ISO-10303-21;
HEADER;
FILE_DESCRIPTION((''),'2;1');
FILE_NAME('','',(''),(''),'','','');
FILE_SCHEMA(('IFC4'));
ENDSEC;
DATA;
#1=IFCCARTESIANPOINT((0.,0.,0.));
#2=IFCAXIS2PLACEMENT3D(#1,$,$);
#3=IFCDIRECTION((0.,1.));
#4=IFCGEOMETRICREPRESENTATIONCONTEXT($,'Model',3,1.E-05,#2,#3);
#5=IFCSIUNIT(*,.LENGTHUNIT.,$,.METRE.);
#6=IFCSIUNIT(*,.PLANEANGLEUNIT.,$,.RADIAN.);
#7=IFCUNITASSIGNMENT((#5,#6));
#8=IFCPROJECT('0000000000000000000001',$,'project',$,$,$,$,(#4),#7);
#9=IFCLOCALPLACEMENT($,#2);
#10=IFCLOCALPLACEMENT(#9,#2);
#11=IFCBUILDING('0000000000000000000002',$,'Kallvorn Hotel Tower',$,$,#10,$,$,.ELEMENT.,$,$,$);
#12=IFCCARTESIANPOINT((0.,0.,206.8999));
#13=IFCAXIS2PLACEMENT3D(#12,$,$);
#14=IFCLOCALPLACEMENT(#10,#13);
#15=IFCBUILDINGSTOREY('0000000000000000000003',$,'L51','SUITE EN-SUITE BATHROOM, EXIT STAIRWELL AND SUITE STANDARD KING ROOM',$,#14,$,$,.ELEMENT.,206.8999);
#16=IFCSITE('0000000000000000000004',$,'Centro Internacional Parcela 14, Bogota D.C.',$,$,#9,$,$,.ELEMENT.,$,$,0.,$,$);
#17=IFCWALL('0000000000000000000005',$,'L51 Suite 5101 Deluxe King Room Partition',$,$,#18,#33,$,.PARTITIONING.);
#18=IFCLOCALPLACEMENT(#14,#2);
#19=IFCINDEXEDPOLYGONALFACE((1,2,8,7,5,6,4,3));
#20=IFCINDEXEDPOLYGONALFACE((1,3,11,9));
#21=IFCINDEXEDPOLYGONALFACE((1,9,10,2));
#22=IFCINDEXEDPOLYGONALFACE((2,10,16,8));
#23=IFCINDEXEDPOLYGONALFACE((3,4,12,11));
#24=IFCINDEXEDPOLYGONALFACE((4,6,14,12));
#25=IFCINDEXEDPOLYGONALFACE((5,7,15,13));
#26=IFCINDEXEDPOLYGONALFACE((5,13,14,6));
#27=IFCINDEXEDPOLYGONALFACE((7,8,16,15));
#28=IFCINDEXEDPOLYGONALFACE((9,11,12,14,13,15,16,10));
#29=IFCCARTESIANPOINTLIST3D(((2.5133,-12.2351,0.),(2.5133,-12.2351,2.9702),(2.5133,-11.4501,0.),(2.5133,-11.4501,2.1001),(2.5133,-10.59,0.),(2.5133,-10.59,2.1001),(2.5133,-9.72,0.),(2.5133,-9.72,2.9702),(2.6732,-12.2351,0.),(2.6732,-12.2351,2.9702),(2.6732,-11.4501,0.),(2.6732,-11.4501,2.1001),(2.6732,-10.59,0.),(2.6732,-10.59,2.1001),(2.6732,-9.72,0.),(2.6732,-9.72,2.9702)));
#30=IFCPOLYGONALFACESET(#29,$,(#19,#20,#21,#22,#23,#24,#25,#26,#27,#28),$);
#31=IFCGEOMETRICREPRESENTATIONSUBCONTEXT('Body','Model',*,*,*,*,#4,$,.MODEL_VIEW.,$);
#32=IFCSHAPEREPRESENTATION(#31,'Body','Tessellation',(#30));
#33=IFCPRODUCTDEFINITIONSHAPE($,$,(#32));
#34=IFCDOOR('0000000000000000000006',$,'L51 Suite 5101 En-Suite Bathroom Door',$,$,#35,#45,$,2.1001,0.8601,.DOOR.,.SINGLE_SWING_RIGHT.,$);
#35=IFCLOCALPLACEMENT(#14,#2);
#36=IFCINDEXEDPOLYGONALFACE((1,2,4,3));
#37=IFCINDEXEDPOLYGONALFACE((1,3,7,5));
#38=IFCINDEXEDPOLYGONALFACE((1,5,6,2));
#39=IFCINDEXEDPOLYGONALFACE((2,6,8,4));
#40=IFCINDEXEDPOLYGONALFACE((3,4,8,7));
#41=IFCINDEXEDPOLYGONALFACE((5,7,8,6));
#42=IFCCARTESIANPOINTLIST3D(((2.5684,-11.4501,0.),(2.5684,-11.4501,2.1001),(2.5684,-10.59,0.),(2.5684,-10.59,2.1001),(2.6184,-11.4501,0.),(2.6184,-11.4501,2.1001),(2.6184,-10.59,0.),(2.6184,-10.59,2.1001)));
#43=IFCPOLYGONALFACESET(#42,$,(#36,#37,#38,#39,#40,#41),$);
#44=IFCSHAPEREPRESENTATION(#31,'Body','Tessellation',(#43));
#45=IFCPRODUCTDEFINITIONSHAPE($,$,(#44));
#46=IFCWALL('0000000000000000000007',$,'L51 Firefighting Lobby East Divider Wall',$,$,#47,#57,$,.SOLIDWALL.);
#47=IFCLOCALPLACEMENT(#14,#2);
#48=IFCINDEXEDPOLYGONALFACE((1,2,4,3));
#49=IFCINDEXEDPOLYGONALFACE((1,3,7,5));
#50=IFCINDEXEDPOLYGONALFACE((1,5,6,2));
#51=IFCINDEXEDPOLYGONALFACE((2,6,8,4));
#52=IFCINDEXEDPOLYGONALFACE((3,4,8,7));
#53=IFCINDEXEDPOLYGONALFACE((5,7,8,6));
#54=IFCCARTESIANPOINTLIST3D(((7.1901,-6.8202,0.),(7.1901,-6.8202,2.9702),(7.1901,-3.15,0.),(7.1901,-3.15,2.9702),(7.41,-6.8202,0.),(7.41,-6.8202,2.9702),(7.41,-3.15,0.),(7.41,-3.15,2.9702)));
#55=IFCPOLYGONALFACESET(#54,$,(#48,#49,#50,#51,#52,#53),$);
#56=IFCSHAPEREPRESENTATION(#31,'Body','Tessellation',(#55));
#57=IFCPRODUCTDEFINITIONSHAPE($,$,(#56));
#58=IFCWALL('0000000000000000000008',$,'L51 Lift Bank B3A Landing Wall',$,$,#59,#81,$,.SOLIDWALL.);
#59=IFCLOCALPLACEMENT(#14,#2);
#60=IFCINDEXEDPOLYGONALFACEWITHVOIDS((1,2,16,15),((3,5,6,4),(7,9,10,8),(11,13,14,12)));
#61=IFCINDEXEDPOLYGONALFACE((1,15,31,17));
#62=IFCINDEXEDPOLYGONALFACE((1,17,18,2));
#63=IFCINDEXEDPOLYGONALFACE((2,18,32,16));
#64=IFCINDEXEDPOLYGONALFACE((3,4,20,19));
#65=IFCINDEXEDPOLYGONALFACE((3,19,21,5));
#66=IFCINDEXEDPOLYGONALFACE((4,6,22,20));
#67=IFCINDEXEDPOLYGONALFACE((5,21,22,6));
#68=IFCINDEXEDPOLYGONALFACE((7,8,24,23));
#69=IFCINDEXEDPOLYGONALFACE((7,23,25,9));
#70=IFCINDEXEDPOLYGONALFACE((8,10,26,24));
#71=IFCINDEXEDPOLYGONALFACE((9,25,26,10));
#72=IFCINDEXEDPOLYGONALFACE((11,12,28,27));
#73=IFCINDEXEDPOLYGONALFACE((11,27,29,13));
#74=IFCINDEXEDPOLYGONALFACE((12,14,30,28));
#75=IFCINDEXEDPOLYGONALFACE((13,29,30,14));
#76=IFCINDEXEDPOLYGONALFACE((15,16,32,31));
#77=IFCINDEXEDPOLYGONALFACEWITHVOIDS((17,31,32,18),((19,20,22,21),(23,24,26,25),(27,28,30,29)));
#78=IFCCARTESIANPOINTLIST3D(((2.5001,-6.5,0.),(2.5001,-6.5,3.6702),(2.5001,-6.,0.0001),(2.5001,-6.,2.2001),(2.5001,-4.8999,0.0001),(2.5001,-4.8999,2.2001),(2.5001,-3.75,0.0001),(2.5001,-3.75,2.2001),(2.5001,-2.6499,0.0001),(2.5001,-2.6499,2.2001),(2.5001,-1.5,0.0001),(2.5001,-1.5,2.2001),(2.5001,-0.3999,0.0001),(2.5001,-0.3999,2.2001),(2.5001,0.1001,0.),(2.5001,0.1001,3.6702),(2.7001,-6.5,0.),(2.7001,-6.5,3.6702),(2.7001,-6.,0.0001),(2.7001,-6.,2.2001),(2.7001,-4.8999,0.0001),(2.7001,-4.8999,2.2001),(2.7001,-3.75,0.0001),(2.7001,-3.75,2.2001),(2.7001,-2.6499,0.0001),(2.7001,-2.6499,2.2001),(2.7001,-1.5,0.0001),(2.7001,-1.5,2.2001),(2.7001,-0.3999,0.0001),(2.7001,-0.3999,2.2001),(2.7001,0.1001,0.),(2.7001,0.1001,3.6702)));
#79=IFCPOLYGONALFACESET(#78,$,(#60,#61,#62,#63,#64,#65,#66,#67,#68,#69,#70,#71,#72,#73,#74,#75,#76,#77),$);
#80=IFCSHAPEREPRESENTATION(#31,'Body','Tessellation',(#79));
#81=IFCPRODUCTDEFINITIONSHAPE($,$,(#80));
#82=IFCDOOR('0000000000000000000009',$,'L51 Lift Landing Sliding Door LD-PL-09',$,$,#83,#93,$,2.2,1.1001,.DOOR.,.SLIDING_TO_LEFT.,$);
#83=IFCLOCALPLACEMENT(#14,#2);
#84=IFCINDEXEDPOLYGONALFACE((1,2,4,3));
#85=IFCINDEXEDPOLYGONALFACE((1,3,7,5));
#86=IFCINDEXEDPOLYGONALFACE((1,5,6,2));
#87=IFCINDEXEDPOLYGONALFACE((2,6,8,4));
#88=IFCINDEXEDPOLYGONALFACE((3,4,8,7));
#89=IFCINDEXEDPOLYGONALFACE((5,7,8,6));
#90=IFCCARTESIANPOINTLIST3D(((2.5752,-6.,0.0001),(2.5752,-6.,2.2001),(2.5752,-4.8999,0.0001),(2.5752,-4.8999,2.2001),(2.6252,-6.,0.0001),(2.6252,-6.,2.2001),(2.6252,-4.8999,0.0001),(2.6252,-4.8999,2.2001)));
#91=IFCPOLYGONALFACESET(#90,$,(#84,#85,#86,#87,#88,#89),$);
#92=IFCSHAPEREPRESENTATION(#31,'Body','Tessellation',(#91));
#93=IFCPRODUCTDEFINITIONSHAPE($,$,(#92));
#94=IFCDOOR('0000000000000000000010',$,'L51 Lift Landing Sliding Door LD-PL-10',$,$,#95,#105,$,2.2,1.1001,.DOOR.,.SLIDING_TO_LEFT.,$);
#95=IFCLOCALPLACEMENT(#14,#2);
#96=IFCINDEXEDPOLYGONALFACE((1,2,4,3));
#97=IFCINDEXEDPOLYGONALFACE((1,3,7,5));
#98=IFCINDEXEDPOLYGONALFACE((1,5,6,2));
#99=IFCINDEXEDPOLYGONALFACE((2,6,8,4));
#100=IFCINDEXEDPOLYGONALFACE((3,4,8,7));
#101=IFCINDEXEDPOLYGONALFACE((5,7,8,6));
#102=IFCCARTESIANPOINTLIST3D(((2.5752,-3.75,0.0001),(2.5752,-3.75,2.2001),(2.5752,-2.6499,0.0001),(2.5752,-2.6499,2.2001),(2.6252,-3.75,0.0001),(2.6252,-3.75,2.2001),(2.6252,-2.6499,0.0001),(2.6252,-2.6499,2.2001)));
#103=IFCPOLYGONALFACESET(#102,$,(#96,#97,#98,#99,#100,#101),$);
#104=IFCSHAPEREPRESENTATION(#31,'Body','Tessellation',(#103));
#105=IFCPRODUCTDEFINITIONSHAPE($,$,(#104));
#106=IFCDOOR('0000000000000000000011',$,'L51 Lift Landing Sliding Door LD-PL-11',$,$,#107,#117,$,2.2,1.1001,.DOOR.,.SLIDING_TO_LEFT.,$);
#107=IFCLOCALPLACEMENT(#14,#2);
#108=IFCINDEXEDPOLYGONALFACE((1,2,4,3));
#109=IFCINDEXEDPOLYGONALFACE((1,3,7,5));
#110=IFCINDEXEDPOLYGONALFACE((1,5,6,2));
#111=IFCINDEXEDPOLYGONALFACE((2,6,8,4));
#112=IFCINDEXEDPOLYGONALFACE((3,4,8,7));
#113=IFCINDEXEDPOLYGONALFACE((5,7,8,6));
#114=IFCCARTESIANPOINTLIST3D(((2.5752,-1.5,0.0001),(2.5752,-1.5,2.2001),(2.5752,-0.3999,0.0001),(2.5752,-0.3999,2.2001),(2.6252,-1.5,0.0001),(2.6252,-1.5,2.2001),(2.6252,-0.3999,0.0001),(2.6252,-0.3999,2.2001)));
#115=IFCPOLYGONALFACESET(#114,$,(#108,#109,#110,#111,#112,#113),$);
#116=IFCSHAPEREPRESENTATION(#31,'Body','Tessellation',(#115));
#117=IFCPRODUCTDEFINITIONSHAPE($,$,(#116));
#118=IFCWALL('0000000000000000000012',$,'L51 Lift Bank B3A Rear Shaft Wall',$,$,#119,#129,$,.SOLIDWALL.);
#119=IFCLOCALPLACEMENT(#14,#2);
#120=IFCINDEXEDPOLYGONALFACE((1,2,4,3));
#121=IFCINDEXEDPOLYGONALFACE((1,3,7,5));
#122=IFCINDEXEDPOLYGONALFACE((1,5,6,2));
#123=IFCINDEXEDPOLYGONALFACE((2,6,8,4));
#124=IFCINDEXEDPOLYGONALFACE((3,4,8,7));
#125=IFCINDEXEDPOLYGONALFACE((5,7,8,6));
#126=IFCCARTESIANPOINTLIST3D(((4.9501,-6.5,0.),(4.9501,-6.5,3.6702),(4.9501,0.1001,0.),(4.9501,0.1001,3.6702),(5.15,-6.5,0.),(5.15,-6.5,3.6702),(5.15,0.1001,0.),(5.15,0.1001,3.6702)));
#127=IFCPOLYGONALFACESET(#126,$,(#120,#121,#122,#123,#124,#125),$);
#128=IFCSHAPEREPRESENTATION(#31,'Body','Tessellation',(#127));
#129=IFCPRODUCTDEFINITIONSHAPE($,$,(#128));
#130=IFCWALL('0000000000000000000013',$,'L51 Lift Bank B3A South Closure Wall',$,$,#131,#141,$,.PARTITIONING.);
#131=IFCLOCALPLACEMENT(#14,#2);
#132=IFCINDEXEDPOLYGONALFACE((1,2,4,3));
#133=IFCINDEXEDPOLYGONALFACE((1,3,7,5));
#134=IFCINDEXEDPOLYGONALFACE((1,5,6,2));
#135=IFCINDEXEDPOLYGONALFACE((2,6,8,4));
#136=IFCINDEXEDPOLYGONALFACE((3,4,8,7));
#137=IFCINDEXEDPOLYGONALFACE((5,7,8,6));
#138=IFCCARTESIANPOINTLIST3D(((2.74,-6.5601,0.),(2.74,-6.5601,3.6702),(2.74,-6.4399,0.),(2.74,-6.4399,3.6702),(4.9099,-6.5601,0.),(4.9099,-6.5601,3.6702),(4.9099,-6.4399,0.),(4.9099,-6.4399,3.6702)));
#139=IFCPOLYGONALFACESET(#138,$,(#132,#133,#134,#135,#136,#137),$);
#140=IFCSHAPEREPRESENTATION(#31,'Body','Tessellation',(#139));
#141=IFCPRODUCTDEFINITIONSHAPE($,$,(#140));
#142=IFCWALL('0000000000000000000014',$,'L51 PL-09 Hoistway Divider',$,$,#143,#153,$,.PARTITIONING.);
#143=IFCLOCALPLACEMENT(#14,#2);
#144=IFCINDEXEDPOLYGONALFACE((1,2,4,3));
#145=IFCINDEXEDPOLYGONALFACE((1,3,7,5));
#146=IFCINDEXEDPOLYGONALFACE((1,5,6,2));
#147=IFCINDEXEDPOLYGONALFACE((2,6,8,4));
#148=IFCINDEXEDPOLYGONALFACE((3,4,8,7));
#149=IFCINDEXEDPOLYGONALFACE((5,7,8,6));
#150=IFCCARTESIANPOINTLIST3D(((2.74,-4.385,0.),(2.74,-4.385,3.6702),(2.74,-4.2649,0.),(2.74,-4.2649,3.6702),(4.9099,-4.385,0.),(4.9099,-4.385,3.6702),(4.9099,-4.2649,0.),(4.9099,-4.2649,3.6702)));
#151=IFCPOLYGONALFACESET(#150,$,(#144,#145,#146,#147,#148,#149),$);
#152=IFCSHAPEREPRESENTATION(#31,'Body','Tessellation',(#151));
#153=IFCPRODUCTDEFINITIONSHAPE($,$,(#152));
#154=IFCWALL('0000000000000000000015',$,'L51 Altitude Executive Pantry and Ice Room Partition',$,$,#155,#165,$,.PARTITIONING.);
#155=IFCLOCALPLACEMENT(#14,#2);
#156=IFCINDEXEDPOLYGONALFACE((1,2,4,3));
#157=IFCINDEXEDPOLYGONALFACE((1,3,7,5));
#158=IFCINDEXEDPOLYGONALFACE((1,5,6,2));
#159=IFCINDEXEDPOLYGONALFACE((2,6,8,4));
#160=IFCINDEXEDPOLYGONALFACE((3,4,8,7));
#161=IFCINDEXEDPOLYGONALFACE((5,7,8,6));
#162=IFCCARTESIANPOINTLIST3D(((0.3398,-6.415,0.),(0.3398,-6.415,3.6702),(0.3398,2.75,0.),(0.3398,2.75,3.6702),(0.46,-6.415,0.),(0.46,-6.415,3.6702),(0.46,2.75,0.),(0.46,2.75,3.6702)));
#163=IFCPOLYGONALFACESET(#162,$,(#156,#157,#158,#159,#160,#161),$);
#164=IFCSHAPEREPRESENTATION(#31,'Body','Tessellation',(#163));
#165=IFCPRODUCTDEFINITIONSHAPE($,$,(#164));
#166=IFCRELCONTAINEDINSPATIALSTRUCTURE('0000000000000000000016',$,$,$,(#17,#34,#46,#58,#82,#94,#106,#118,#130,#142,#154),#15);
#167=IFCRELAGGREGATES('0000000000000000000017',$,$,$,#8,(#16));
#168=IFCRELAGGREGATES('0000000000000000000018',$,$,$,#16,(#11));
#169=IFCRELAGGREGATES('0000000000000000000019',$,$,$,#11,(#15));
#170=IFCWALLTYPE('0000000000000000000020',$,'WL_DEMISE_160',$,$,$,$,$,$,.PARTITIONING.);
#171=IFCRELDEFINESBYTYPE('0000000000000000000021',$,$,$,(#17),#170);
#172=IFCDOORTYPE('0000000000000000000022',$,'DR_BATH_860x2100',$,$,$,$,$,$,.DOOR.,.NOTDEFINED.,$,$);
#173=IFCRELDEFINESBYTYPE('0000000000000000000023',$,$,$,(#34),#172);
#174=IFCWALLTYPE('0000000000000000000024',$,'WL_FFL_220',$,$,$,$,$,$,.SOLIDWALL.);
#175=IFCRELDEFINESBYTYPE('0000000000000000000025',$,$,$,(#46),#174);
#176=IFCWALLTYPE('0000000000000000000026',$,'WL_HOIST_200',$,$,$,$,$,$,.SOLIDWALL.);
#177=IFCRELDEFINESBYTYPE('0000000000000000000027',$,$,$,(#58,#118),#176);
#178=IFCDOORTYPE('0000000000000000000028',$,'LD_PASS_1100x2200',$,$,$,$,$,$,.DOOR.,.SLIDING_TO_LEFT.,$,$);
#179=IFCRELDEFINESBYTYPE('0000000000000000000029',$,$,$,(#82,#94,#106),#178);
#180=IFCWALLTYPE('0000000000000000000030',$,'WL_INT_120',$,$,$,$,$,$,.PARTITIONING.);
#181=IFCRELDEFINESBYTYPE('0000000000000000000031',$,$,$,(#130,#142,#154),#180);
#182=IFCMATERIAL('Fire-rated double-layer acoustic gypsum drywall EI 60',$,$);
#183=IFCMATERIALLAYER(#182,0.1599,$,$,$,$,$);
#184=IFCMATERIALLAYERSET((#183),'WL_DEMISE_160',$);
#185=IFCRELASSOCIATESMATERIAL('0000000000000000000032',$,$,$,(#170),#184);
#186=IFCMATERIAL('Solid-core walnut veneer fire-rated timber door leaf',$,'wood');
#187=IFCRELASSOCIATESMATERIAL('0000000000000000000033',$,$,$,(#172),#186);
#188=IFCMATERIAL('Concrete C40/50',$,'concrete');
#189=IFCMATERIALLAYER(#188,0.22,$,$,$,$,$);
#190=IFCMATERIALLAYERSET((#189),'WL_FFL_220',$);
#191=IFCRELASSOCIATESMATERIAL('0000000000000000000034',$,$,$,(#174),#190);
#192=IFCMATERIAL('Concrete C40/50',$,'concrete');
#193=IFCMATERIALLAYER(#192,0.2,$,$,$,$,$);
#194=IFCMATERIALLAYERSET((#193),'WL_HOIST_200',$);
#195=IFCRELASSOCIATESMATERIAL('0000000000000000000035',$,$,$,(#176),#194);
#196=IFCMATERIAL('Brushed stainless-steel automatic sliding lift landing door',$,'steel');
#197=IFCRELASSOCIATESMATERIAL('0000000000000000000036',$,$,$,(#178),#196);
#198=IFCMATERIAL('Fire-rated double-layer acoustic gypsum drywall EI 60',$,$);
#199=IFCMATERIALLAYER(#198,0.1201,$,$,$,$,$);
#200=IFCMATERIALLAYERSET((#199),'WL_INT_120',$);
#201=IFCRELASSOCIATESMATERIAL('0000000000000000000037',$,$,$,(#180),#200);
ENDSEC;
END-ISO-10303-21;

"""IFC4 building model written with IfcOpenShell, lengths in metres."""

from ifc_helpers import new_model, si_unit, direction, frame, frame_2d, origin, place, context, subcontext, project, spatial, rectangle, extrude, material, layer, layer_set, type_object, element, fill, save


model = new_model("IFC4")

# Units and contexts
model_context = context("Model", 3, precision=1e-05, world=origin(), true_north=direction((0.0, 1.0)))
body_context = subcontext(model_context, "Body", "Model", "MODEL_VIEW")
ifc_project = project(units=[si_unit("LENGTHUNIT", "METRE"), si_unit("PLANEANGLEUNIT", "RADIAN")], contexts=[model_context])

# Site, building, storey
site_placement = place(None, origin())
site = spatial("IfcSite", under=ifc_project, at=site_placement, Name="Centro Internacional Parcela 14, Bogota D.C.", CompositionType="ELEMENT", RefElevation=0.0)
building_placement = place(site_placement, origin())
building = spatial("IfcBuilding", under=site, at=building_placement, Name="Kallvorn Hotel Tower", CompositionType="ELEMENT")
storey_placement = place(building_placement, frame((0.0, 0.0, 206.8999)))
storey = spatial("IfcBuildingStorey", under=building, at=storey_placement, Name="L51", Description="SUITE EN-SUITE BATHROOM, EXIT STAIRWELL AND SUITE STANDARD KING ROOM", CompositionType="ELEMENT", Elevation=206.8999)

# Shared definitions
ifc_material_1 = material(Name="Fire-rated double-layer acoustic gypsum drywall EI 60")
ifc_layer_1 = layer(ifc_material_1, 0.1599)
ifc_layer_set_1 = layer_set([ifc_layer_1], Name="WL_DEMISE_160")
wall_type_1 = type_object("IfcWallType", Name="WL_DEMISE_160", PredefinedType="PARTITIONING", material=ifc_layer_set_1)

# Wall, opening, door
wall_1_placement = place(storey_placement, frame((2.5933, -12.2351, 0.0), z_axis=(0.0, 0.0, 1.0), x_axis=(0.0, 1.0, 0.0)))
wall_1 = element("IfcWall", 1, at=wall_1_placement, inside=storey, type_object=wall_type_1, Name="L51 Suite 5101 Deluxe King Room Partition", PredefinedType="PARTITIONING", context=body_context, shape_type="SweptSolid", body=[
    extrude(rectangle(XDim=2.5151, YDim=0.1599, at=frame_2d((1.2576, 0.0))), origin(), (0.0, 0.0, 1.0), 2.9702),
])
opening_1_placement = place(wall_1_placement, frame((0.7849, 0.0, 0.0)))
opening_1 = element("IfcOpeningElement", 2, at=opening_1_placement, cuts=wall_1, PredefinedType="OPENING", context=body_context, shape_type="SweptSolid", body=[
    extrude(rectangle(XDim=0.8601, YDim=2.1001, at=frame_2d((0.4302, 1.05))), frame((0.0, 0.095, 0.0), z_axis=(0.0, -1.0, 0.0), x_axis=(1.0, 0.0, 0.0)), (0.0, 0.0, 1.0), 0.1899),
])
ifc_material_2 = material(Name="Solid-core walnut veneer fire-rated timber door leaf", Category="wood")
door_type_1 = type_object("IfcDoorType", Name="DR_BATH_860x2100", OperationType="NOTDEFINED", PredefinedType="DOOR", material=ifc_material_2)
door_1_placement = place(opening_1_placement, origin())
door_1 = element("IfcDoor", 3, at=door_1_placement, inside=storey, type_object=door_type_1, Name="L51 Suite 5101 En-Suite Bathroom Door", OperationType="SINGLE_SWING_RIGHT", OverallHeight=2.1001, OverallWidth=0.8601, PredefinedType="DOOR", context=body_context, shape_type="SweptSolid", body=[
    extrude(rectangle(XDim=0.8601, YDim=2.1001, at=frame_2d((0.4302, 1.05))), frame((0.0, 0.0249, 0.0), z_axis=(0.0, -1.0, 0.0), x_axis=(1.0, 0.0, 0.0)), (0.0, 0.0, 1.0), 0.05),
])
fill(opening_1, door_1)

# Wall
ifc_material_3 = material(Name="Concrete C40/50", Category="concrete")
ifc_layer_2 = layer(ifc_material_3, 0.22)
ifc_layer_set_2 = layer_set([ifc_layer_2], Name="WL_FFL_220")
wall_type_2 = type_object("IfcWallType", Name="WL_FFL_220", PredefinedType="SOLIDWALL", material=ifc_layer_set_2)
wall_2_placement = place(storey_placement, frame((7.3, -6.8201, 0.0), z_axis=(0.0, 0.0, 1.0), x_axis=(0.0, 1.0, 0.0)))
element("IfcWall", 4, at=wall_2_placement, inside=storey, type_object=wall_type_2, Name="L51 Firefighting Lobby East Divider Wall", PredefinedType="SOLIDWALL", context=body_context, shape_type="SweptSolid", body=[
    extrude(rectangle(XDim=3.6702, YDim=0.22, at=frame_2d((1.835, 0.0))), origin(), (0.0, 0.0, 1.0), 2.9702),
])

# Wall, openings, doors
ifc_material_4 = material(Name="Concrete C40/50", Category="concrete")
ifc_layer_3 = layer(ifc_material_4, 0.2)
ifc_layer_set_3 = layer_set([ifc_layer_3], Name="WL_HOIST_200")
wall_type_3 = type_object("IfcWallType", Name="WL_HOIST_200", PredefinedType="SOLIDWALL", material=ifc_layer_set_3)
wall_3_placement = place(storey_placement, frame((2.6001, -6.5, 0.0), z_axis=(0.0, 0.0, 1.0), x_axis=(0.0, 1.0, 0.0)))
wall_3 = element("IfcWall", 5, at=wall_3_placement, inside=storey, type_object=wall_type_3, Name="L51 Lift Bank B3A Landing Wall", PredefinedType="SOLIDWALL", context=body_context, shape_type="SweptSolid", body=[
    extrude(rectangle(XDim=6.6001, YDim=0.2, at=frame_2d((3.3, 0.0))), origin(), (0.0, 0.0, 1.0), 3.6702),
])
opening_2_placement = place(wall_3_placement, frame((0.5, 0.0, 0.0)))
opening_2 = element("IfcOpeningElement", 6, at=opening_2_placement, cuts=wall_3, PredefinedType="OPENING", context=body_context, shape_type="SweptSolid", body=[
    extrude(rectangle(XDim=1.1001, YDim=2.2, at=frame_2d((0.55, 1.1001))), frame((0.0, 0.115, 0.0), z_axis=(0.0, -1.0, 0.0), x_axis=(1.0, 0.0, 0.0)), (0.0, 0.0, 1.0), 0.23),
])
opening_3_placement = place(wall_3_placement, frame((2.75, 0.0, 0.0)))
opening_3 = element("IfcOpeningElement", 7, at=opening_3_placement, cuts=wall_3, PredefinedType="OPENING", context=body_context, shape_type="SweptSolid", body=[
    extrude(rectangle(XDim=1.1001, YDim=2.2, at=frame_2d((0.55, 1.1001))), frame((0.0, 0.115, 0.0), z_axis=(0.0, -1.0, 0.0), x_axis=(1.0, 0.0, 0.0)), (0.0, 0.0, 1.0), 0.23),
])
opening_4_placement = place(wall_3_placement, frame((5.0, 0.0, 0.0)))
opening_4 = element("IfcOpeningElement", 8, at=opening_4_placement, cuts=wall_3, PredefinedType="OPENING", context=body_context, shape_type="SweptSolid", body=[
    extrude(rectangle(XDim=1.1001, YDim=2.2, at=frame_2d((0.55, 1.1001))), frame((0.0, 0.115, 0.0), z_axis=(0.0, -1.0, 0.0), x_axis=(1.0, 0.0, 0.0)), (0.0, 0.0, 1.0), 0.23),
])
ifc_material_5 = material(Name="Brushed stainless-steel automatic sliding lift landing door", Category="steel")
door_type_2 = type_object("IfcDoorType", Name="LD_PASS_1100x2200", OperationType="SLIDING_TO_LEFT", PredefinedType="DOOR", material=ifc_material_5)
door_2_placement = place(opening_2_placement, origin())
door_2 = element("IfcDoor", 9, at=door_2_placement, inside=storey, type_object=door_type_2, Name="L51 Lift Landing Sliding Door LD-PL-09", OperationType="SLIDING_TO_LEFT", OverallHeight=2.2, OverallWidth=1.1001, PredefinedType="DOOR", context=body_context, shape_type="SweptSolid", body=[
    extrude(rectangle(XDim=1.1001, YDim=2.2, at=frame_2d((0.55, 1.1001))), frame((0.0, 0.0249, 0.0), z_axis=(0.0, -1.0, 0.0), x_axis=(1.0, 0.0, 0.0)), (0.0, 0.0, 1.0), 0.05),
])
fill(opening_2, door_2)
door_3_placement = place(opening_3_placement, origin())
door_3 = element("IfcDoor", 10, at=door_3_placement, inside=storey, type_object=door_type_2, Name="L51 Lift Landing Sliding Door LD-PL-10", OperationType="SLIDING_TO_LEFT", OverallHeight=2.2, OverallWidth=1.1001, PredefinedType="DOOR", context=body_context, shape_type="SweptSolid", body=[
    extrude(rectangle(XDim=1.1001, YDim=2.2, at=frame_2d((0.55, 1.1001))), frame((0.0, 0.0249, 0.0), z_axis=(0.0, -1.0, 0.0), x_axis=(1.0, 0.0, 0.0)), (0.0, 0.0, 1.0), 0.05),
])
fill(opening_3, door_3)
door_4_placement = place(opening_4_placement, origin())
door_4 = element("IfcDoor", 11, at=door_4_placement, inside=storey, type_object=door_type_2, Name="L51 Lift Landing Sliding Door LD-PL-11", OperationType="SLIDING_TO_LEFT", OverallHeight=2.2, OverallWidth=1.1001, PredefinedType="DOOR", context=body_context, shape_type="SweptSolid", body=[
    extrude(rectangle(XDim=1.1001, YDim=2.2, at=frame_2d((0.55, 1.1001))), frame((0.0, 0.0249, 0.0), z_axis=(0.0, -1.0, 0.0), x_axis=(1.0, 0.0, 0.0)), (0.0, 0.0, 1.0), 0.05),
])
fill(opening_4, door_4)

# Walls
wall_4_placement = place(storey_placement, frame((5.05, -6.5, 0.0), z_axis=(0.0, 0.0, 1.0), x_axis=(0.0, 1.0, 0.0)))
element("IfcWall", 12, at=wall_4_placement, inside=storey, type_object=wall_type_3, Name="L51 Lift Bank B3A Rear Shaft Wall", PredefinedType="SOLIDWALL", context=body_context, shape_type="SweptSolid", body=[
    extrude(rectangle(XDim=6.6001, YDim=0.2, at=frame_2d((3.3, 0.0))), origin(), (0.0, 0.0, 1.0), 3.6702),
])
ifc_material_6 = material(Name="Fire-rated double-layer acoustic gypsum drywall EI 60")
ifc_layer_4 = layer(ifc_material_6, 0.1201)
ifc_layer_set_4 = layer_set([ifc_layer_4], Name="WL_INT_120")
wall_type_4 = type_object("IfcWallType", Name="WL_INT_120", PredefinedType="PARTITIONING", material=ifc_layer_set_4)
for number, where, z_axis, x_axis, name in (
    (13, (2.74, -6.5, 0.0), (0.0, 0.0, 1.0), (1.0, 0.0, 0.0), "L51 Lift Bank B3A South Closure Wall"),
    (14, (2.74, -4.325, 0.0), (0.0, 0.0, 1.0), (1.0, 0.0, 0.0), "L51 PL-09 Hoistway Divider"),
):
    element("IfcWall", number, at=place(storey_placement, frame(where, z_axis=z_axis, x_axis=x_axis)), inside=storey, type_object=wall_type_4, Name=name, PredefinedType="PARTITIONING", context=body_context, shape_type="SweptSolid", body=[
        extrude(rectangle(XDim=2.1699, YDim=0.1201, at=frame_2d((1.085, 0.0))), origin(), (0.0, 0.0, 1.0), 3.6702),
    ])
wall_5_placement = place(storey_placement, frame((0.3999, -6.415, 0.0), z_axis=(0.0, 0.0, 1.0), x_axis=(0.0, 1.0, 0.0)))
element("IfcWall", 15, at=wall_5_placement, inside=storey, type_object=wall_type_4, Name="L51 Altitude Executive Pantry and Ice Room Partition", PredefinedType="PARTITIONING", context=body_context, shape_type="SweptSolid", body=[
    extrude(rectangle(XDim=9.165, YDim=0.1201, at=frame_2d((4.5825, 0.0))), origin(), (0.0, 0.0, 1.0), 3.6702),
])

save(model, "model.ifc")
